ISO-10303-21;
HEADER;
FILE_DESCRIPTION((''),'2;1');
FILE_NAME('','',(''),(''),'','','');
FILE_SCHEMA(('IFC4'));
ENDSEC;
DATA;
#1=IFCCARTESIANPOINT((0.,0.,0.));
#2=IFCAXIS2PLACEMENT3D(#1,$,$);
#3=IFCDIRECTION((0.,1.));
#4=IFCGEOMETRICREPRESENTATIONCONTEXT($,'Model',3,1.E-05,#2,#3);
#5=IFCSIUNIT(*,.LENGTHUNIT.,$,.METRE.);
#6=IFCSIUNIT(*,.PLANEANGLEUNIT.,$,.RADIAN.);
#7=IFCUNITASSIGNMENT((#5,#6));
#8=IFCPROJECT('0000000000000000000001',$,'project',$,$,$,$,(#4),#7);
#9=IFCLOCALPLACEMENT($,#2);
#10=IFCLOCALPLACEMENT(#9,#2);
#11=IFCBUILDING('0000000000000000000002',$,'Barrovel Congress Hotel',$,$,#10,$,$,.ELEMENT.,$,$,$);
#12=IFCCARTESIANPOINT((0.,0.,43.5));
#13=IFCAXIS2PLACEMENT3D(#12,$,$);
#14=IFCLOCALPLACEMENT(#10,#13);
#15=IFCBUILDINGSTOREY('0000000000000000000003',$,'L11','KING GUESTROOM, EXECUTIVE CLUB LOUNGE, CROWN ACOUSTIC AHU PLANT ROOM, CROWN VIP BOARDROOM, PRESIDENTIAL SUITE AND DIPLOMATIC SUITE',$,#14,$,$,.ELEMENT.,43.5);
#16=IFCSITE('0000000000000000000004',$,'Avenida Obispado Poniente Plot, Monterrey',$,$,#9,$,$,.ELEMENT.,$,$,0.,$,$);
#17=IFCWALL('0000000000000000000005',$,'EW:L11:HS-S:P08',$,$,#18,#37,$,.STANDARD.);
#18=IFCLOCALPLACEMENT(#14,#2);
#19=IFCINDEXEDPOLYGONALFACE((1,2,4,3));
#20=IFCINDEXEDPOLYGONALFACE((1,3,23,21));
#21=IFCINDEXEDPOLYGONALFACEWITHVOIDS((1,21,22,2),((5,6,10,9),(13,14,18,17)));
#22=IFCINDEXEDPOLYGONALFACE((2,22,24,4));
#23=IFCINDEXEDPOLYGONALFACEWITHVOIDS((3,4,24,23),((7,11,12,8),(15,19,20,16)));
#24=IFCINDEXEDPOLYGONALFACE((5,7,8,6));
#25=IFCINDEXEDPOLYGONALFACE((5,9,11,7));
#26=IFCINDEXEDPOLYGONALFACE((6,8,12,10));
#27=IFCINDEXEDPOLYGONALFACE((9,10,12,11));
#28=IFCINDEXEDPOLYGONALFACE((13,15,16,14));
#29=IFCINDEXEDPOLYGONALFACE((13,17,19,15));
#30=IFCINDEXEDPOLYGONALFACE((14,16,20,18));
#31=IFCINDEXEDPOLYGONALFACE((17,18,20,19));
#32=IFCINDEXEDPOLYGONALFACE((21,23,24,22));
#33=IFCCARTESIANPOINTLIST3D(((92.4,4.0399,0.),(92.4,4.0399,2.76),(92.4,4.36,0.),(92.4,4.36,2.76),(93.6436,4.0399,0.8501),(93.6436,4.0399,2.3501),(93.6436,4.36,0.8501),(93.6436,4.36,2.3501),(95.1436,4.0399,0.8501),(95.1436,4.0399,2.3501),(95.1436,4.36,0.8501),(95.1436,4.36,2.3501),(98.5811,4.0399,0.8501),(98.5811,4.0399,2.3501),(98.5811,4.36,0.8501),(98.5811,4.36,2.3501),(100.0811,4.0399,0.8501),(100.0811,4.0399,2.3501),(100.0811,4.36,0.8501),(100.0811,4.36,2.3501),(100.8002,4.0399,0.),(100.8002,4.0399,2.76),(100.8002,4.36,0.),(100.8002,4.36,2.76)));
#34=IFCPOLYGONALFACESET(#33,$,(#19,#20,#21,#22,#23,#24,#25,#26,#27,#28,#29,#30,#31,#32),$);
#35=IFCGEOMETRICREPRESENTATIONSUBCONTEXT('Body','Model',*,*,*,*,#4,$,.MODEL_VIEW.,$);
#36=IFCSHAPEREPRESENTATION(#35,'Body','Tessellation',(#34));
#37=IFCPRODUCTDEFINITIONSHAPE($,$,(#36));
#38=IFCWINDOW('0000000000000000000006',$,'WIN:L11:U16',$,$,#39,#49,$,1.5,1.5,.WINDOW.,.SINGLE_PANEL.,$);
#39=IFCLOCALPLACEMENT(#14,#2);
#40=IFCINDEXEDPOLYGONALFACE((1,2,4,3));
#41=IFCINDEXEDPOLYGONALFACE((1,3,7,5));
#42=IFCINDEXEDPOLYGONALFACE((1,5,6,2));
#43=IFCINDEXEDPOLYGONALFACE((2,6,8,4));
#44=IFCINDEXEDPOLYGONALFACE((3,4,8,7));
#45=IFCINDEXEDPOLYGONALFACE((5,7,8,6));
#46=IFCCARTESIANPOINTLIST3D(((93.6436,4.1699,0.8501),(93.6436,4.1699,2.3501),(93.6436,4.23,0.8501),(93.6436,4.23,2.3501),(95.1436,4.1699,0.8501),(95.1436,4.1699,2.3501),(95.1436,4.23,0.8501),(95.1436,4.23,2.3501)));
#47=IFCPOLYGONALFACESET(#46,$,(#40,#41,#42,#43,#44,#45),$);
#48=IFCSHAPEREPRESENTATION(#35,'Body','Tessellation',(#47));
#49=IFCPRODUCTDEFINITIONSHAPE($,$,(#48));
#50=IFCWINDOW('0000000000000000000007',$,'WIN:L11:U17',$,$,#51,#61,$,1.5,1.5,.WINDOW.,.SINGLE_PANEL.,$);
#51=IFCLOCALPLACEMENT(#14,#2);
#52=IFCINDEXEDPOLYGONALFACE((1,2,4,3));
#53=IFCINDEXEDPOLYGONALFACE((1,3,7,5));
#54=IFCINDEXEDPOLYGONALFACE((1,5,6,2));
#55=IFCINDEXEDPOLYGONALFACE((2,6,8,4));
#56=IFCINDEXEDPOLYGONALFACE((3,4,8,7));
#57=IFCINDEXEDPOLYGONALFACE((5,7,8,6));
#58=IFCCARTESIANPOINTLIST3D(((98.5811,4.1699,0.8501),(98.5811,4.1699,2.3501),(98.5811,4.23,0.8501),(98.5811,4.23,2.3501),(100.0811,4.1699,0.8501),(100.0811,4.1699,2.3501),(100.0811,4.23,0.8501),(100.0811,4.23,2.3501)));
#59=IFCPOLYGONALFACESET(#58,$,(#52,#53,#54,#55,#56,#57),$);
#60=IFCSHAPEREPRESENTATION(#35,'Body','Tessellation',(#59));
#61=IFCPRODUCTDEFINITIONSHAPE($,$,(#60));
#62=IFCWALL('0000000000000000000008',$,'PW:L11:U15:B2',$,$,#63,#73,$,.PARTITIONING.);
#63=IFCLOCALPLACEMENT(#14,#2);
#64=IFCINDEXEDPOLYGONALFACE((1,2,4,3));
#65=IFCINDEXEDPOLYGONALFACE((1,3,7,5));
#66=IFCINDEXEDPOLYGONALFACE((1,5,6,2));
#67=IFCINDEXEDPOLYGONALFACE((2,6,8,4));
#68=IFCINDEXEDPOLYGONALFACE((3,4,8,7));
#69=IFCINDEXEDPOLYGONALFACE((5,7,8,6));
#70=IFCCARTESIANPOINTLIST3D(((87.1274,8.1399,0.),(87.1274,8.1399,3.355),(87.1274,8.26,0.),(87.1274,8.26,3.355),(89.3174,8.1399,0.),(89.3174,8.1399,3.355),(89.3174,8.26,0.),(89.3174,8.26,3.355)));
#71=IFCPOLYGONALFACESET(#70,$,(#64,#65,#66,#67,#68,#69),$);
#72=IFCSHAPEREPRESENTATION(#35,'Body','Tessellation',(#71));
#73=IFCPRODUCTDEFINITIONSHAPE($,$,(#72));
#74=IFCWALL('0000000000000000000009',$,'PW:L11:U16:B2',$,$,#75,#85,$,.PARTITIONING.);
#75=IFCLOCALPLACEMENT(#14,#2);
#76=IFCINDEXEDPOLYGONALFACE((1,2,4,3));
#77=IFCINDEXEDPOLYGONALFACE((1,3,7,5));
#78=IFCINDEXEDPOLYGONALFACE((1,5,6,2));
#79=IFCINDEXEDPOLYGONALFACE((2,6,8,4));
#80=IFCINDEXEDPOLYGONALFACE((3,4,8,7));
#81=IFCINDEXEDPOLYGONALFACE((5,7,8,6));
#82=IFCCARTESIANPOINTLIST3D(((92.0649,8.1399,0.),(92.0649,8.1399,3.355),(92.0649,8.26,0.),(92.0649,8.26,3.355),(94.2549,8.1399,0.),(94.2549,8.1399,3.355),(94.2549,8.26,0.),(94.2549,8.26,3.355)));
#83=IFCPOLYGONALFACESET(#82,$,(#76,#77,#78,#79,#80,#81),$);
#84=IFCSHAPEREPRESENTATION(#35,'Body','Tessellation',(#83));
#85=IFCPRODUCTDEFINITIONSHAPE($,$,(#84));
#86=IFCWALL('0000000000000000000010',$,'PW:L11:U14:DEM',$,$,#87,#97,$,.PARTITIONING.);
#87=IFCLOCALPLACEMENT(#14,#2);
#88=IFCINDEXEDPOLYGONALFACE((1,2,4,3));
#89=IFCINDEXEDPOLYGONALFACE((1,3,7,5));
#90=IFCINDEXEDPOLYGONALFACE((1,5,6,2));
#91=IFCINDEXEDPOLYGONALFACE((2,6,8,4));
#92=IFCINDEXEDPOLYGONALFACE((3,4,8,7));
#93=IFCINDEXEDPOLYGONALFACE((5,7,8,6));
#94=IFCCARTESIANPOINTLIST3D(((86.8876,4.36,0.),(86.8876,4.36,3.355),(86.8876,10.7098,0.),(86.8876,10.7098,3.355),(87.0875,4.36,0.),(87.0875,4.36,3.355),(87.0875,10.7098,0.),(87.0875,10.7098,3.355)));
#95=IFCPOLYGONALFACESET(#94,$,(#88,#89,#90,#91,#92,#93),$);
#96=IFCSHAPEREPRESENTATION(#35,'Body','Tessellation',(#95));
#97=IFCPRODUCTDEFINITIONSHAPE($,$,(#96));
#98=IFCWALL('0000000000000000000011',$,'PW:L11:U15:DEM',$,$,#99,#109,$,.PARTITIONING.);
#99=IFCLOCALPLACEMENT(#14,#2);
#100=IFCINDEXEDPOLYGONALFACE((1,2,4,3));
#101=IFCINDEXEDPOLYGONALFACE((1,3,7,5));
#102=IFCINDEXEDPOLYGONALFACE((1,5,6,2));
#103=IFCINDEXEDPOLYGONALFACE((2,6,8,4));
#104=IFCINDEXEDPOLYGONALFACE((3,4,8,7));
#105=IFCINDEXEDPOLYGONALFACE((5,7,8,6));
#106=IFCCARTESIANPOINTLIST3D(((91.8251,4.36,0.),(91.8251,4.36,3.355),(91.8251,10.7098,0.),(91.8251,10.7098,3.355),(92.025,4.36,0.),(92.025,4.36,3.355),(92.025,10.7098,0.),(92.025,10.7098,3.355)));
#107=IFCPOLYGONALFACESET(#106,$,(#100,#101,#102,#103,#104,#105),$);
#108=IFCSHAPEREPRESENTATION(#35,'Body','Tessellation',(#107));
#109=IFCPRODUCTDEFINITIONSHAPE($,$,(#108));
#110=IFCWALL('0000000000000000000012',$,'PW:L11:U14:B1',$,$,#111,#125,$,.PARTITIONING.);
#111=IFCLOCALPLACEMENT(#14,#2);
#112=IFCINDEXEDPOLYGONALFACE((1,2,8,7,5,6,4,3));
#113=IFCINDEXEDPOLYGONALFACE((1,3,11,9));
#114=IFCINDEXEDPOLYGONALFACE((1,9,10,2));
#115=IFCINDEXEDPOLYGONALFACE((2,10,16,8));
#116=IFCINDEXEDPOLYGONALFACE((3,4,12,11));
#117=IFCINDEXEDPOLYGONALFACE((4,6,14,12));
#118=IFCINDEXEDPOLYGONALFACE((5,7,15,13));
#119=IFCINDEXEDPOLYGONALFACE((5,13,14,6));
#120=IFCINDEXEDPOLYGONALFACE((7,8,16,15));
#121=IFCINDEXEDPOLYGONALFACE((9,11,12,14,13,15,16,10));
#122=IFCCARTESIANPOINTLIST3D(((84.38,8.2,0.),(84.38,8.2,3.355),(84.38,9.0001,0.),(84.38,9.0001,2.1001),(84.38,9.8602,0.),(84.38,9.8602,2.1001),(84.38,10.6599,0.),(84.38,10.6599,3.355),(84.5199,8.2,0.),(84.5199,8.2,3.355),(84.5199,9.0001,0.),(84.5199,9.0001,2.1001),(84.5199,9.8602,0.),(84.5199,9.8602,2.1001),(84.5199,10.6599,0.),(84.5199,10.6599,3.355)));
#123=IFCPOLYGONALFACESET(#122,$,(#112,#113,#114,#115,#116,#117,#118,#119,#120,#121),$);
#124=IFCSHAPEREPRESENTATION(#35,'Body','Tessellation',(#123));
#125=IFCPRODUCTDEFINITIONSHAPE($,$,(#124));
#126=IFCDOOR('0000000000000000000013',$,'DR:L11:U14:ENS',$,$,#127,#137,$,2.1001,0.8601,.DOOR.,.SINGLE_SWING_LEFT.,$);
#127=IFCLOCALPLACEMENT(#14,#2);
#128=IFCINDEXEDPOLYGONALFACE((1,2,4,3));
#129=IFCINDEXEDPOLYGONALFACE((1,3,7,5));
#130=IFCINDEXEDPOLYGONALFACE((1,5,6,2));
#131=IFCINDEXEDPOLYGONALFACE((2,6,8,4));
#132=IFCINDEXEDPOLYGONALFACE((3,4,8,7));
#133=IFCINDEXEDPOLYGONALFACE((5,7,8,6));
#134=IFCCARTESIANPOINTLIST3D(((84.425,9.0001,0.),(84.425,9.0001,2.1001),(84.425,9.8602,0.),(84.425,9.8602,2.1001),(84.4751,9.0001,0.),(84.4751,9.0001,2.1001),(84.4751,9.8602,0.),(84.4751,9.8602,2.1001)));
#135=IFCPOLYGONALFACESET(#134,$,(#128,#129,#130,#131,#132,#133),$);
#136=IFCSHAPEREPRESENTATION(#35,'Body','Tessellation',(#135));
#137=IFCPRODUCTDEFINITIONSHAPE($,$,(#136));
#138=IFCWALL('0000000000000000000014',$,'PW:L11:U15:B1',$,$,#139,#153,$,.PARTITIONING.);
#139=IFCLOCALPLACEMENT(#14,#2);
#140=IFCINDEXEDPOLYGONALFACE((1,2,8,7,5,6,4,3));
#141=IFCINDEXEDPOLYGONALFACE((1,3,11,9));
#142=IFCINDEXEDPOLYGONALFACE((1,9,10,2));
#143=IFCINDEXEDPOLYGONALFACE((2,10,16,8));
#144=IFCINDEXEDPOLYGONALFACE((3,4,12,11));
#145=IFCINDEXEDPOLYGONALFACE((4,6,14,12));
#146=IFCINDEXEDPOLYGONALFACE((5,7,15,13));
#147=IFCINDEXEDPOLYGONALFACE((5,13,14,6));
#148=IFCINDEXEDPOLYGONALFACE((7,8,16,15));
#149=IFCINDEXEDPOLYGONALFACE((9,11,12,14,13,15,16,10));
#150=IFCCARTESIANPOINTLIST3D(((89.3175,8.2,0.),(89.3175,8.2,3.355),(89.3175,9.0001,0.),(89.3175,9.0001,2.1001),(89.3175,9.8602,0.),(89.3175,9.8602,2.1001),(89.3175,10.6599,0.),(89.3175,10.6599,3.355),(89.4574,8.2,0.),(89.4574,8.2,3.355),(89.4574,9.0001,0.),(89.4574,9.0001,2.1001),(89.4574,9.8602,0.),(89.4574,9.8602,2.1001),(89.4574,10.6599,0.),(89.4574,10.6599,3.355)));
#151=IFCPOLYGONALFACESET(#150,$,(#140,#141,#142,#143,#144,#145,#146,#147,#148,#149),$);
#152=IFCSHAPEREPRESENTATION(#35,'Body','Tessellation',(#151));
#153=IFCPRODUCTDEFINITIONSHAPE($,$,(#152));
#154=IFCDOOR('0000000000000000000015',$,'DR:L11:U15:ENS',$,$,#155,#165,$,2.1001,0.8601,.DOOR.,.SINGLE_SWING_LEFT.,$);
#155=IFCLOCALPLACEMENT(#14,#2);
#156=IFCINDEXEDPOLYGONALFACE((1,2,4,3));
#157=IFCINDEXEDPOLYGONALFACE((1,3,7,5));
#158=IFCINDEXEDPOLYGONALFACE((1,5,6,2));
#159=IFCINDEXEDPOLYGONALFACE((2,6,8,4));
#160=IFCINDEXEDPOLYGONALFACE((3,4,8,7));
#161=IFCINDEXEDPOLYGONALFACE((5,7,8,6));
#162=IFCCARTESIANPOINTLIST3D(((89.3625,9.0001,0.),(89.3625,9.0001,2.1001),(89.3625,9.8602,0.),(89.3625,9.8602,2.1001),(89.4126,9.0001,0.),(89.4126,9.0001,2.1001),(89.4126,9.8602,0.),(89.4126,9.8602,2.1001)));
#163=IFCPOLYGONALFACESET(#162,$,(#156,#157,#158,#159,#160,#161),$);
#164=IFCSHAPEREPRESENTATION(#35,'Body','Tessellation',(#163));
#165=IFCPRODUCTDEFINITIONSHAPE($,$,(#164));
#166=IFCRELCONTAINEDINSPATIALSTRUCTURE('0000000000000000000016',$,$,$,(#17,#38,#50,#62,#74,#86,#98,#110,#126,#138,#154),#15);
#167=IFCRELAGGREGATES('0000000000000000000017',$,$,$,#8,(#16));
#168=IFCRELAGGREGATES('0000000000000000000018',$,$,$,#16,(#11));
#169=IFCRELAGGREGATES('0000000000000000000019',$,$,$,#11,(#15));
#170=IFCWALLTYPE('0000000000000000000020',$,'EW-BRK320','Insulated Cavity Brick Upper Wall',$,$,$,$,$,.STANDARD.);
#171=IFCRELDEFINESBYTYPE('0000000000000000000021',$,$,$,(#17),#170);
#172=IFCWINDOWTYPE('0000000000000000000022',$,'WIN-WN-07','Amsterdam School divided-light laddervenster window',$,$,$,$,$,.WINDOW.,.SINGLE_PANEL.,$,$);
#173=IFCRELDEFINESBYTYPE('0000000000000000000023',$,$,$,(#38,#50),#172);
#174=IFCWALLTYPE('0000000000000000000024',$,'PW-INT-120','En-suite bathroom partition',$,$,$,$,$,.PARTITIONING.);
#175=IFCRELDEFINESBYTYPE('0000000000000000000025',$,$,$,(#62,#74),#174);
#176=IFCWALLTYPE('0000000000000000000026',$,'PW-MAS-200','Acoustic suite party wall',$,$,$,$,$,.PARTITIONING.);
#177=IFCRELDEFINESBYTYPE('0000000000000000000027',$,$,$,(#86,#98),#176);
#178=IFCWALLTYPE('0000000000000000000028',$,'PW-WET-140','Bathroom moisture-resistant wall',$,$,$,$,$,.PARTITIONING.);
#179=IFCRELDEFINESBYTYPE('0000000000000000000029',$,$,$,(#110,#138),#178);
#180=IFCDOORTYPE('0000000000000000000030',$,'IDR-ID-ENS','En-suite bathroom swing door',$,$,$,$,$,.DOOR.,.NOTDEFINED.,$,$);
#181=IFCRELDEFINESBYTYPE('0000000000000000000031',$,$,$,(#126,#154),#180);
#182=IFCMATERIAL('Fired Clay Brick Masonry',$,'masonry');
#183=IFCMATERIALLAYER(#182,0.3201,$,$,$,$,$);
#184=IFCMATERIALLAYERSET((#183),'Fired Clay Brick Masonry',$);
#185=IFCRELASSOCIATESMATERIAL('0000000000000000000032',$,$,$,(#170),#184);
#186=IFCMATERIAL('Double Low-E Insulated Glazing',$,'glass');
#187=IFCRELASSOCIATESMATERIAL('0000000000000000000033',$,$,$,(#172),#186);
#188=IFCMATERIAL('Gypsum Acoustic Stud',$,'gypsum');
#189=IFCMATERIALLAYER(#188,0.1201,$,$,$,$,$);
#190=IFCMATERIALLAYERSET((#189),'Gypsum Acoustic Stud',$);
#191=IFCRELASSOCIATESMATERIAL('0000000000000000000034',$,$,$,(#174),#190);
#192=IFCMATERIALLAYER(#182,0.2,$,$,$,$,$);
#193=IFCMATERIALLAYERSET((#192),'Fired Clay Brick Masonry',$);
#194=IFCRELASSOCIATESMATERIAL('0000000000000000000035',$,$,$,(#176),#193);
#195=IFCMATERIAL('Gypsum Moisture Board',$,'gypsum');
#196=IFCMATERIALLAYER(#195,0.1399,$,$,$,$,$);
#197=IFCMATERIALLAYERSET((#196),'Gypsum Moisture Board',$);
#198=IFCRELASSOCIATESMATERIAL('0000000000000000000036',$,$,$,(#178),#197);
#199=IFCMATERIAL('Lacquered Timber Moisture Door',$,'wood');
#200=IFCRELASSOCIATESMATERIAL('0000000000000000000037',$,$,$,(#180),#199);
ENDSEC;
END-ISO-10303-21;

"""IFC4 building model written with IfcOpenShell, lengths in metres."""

from ifc_helpers import new_model, si_unit, direction, frame, frame_2d, origin, place, context, subcontext, project, spatial, rectangle, extrude, material, layer, layer_set, type_object, element, fill, save


model = new_model("IFC4")

# Units and contexts
model_context = context("Model", 3, precision=1e-05, world=origin(), true_north=direction((0.0, 1.0)))
body_context = subcontext(model_context, "Body", "Model", "MODEL_VIEW")
ifc_project = project(units=[si_unit("LENGTHUNIT", "METRE"), si_unit("PLANEANGLEUNIT", "RADIAN")], contexts=[model_context])

# Site, building, storey
site_placement = place(None, origin())
site = spatial("IfcSite", under=ifc_project, at=site_placement, Name="Avenida Obispado Poniente Plot, Monterrey", CompositionType="ELEMENT", RefElevation=0.0)
building_placement = place(site_placement, origin())
building = spatial("IfcBuilding", under=site, at=building_placement, Name="Barrovel Congress Hotel", CompositionType="ELEMENT")
storey_placement = place(building_placement, frame((0.0, 0.0, 43.5)))
storey = spatial("IfcBuildingStorey", under=building, at=storey_placement, Name="L11", Description="KING GUESTROOM, EXECUTIVE CLUB LOUNGE, CROWN ACOUSTIC AHU PLANT ROOM, CROWN VIP BOARDROOM, PRESIDENTIAL SUITE AND DIPLOMATIC SUITE", CompositionType="ELEMENT", Elevation=43.5)

# Wall, openings, windows
ifc_material_1 = material(Name="Fired Clay Brick Masonry", Category="masonry")
ifc_layer_1 = layer(ifc_material_1, 0.3201)
ifc_layer_set_1 = layer_set([ifc_layer_1], Name="Fired Clay Brick Masonry")
wall_type_1 = type_object("IfcWallType", Name="EW-BRK320", Description="Insulated Cavity Brick Upper Wall", PredefinedType="STANDARD", material=ifc_layer_set_1)
ifc_material_2 = material(Name="Double Low-E Insulated Glazing", Category="glass")
window_type = type_object("IfcWindowType", Name="WIN-WN-07", Description="Amsterdam School divided-light laddervenster window", PartitioningType="SINGLE_PANEL", PredefinedType="WINDOW", material=ifc_material_2)
wall_1_placement = place(storey_placement, frame((92.3999, 4.2, 0.0), z_axis=(0.0, 0.0, 1.0), x_axis=(1.0, 0.0, 0.0)))
wall_1 = element("IfcWall", 1, at=wall_1_placement, inside=storey, type_object=wall_type_1, Name="EW:L11:HS-S:P08", PredefinedType="STANDARD", context=body_context, shape_type="SweptSolid", body=[
    extrude(rectangle(XDim=8.4001, YDim=0.3201, at=frame_2d((4.2002, 0.0))), origin(), (0.0, 0.0, 1.0), 2.76),
])
opening_1_placement = place(wall_1_placement, frame((1.2437, 0.0, 0.8501)))
opening_1 = element("IfcOpeningElement", 2, at=opening_1_placement, cuts=wall_1, PredefinedType="OPENING", context=body_context, shape_type="SweptSolid", body=[
    extrude(rectangle(XDim=1.5, YDim=1.5, at=frame_2d((0.75, 0.75))), frame((0.0, 0.1699, 0.0), z_axis=(0.0, -1.0, 0.0), x_axis=(1.0, 0.0, 0.0)), (0.0, 0.0, 1.0), 0.3401),
])
opening_2_placement = place(wall_1_placement, frame((6.1812, 0.0, 0.8501)))
opening_2 = element("IfcOpeningElement", 3, at=opening_2_placement, cuts=wall_1, PredefinedType="OPENING", context=body_context, shape_type="SweptSolid", body=[
    extrude(rectangle(XDim=1.5, YDim=1.5, at=frame_2d((0.75, 0.75))), frame((0.0, 0.1699, 0.0), z_axis=(0.0, -1.0, 0.0), x_axis=(1.0, 0.0, 0.0)), (0.0, 0.0, 1.0), 0.3401),
])
window_1_placement = place(opening_1_placement, origin())
window_1 = element("IfcWindow", 4, at=window_1_placement, inside=storey, type_object=window_type, Name="WIN:L11:U16", OverallHeight=1.5, OverallWidth=1.5, PartitioningType="SINGLE_PANEL", PredefinedType="WINDOW", context=body_context, shape_type="SweptSolid", body=[
    extrude(rectangle(XDim=1.5, YDim=1.5, at=frame_2d((0.75, 0.75))), frame((0.0, 0.03, 0.0), z_axis=(0.0, -1.0, 0.0), x_axis=(1.0, 0.0, 0.0)), (0.0, 0.0, 1.0), 0.0601),
])
fill(opening_1, window_1)
window_2_placement = place(opening_2_placement, origin())
window_2 = element("IfcWindow", 5, at=window_2_placement, inside=storey, type_object=window_type, Name="WIN:L11:U17", OverallHeight=1.5, OverallWidth=1.5, PartitioningType="SINGLE_PANEL", PredefinedType="WINDOW", context=body_context, shape_type="SweptSolid", body=[
    extrude(rectangle(XDim=1.5, YDim=1.5, at=frame_2d((0.75, 0.75))), frame((0.0, 0.03, 0.0), z_axis=(0.0, -1.0, 0.0), x_axis=(1.0, 0.0, 0.0)), (0.0, 0.0, 1.0), 0.0601),
])
fill(opening_2, window_2)

# Walls
ifc_material_3 = material(Name="Gypsum Acoustic Stud", Category="gypsum")
ifc_layer_2 = layer(ifc_material_3, 0.1201)
ifc_layer_set_2 = layer_set([ifc_layer_2], Name="Gypsum Acoustic Stud")
wall_type_2 = type_object("IfcWallType", Name="PW-INT-120", Description="En-suite bathroom partition", PredefinedType="PARTITIONING", material=ifc_layer_set_2)
for number, where, z_axis, x_axis, name in (
    (6, (87.1274, 8.2, 0.0), (0.0, 0.0, 1.0), (1.0, 0.0, 0.0), "PW:L11:U15:B2"),
    (7, (92.0649, 8.2, 0.0), (0.0, 0.0, 1.0), (1.0, 0.0, 0.0), "PW:L11:U16:B2"),
):
    element("IfcWall", number, at=place(storey_placement, frame(where, z_axis=z_axis, x_axis=x_axis)), inside=storey, type_object=wall_type_2, Name=name, PredefinedType="PARTITIONING", context=body_context, shape_type="SweptSolid", body=[
        extrude(rectangle(XDim=2.1899, YDim=0.1201, at=frame_2d((1.095, 0.0))), origin(), (0.0, 0.0, 1.0), 3.355),
    ])
ifc_layer_3 = layer(ifc_material_1, 0.2)
ifc_layer_set_3 = layer_set([ifc_layer_3], Name="Fired Clay Brick Masonry")
wall_type_3 = type_object("IfcWallType", Name="PW-MAS-200", Description="Acoustic suite party wall", PredefinedType="PARTITIONING", material=ifc_layer_set_3)
for number, where, z_axis, x_axis, name in (
    (8, (86.9875, 4.3601, 0.0), (0.0, 0.0, 1.0), (0.0, 1.0, 0.0), "PW:L11:U14:DEM"),
    (9, (91.925, 4.3601, 0.0), (0.0, 0.0, 1.0), (0.0, 1.0, 0.0), "PW:L11:U15:DEM"),
):
    element("IfcWall", number, at=place(storey_placement, frame(where, z_axis=z_axis, x_axis=x_axis)), inside=storey, type_object=wall_type_3, Name=name, PredefinedType="PARTITIONING", context=body_context, shape_type="SweptSolid", body=[
        extrude(rectangle(XDim=6.3499, YDim=0.2, at=frame_2d((3.1748, 0.0))), origin(), (0.0, 0.0, 1.0), 3.355),
    ])

# Walls, openings, doors
ifc_material_4 = material(Name="Gypsum Moisture Board", Category="gypsum")
ifc_layer_4 = layer(ifc_material_4, 0.1399)
ifc_layer_set_4 = layer_set([ifc_layer_4], Name="Gypsum Moisture Board")
wall_type_4 = type_object("IfcWallType", Name="PW-WET-140", Description="Bathroom moisture-resistant wall", PredefinedType="PARTITIONING", material=ifc_layer_set_4)
wall_2_placement = place(storey_placement, frame((84.45, 8.2, 0.0), z_axis=(0.0, 0.0, 1.0), x_axis=(0.0, 1.0, 0.0)))
wall_2 = element("IfcWall", 10, at=wall_2_placement, inside=storey, type_object=wall_type_4, Name="PW:L11:U14:B1", PredefinedType="PARTITIONING", context=body_context, shape_type="SweptSolid", body=[
    extrude(rectangle(XDim=2.46, YDim=0.1399, at=frame_2d((1.23, 0.0))), origin(), (0.0, 0.0, 1.0), 3.355),
])
opening_3_placement = place(wall_2_placement, frame((0.8, 0.0, 0.0)))
opening_3 = element("IfcOpeningElement", 11, at=opening_3_placement, cuts=wall_2, PredefinedType="OPENING", context=body_context, shape_type="SweptSolid", body=[
    extrude(rectangle(XDim=0.8601, YDim=2.1001, at=frame_2d((0.4302, 1.05))), frame((0.0, 0.0801, 0.0), z_axis=(0.0, -1.0, 0.0), x_axis=(1.0, 0.0, 0.0)), (0.0, 0.0, 1.0), 0.1599),
])
ifc_material_5 = material(Name="Lacquered Timber Moisture Door", Category="wood")
door_type = type_object("IfcDoorType", Name="IDR-ID-ENS", Description="En-suite bathroom swing door", OperationType="NOTDEFINED", PredefinedType="DOOR", material=ifc_material_5)
door_1_placement = place(opening_3_placement, origin())
door_1 = element("IfcDoor", 12, at=door_1_placement, inside=storey, type_object=door_type, Name="DR:L11:U14:ENS", OperationType="SINGLE_SWING_LEFT", OverallHeight=2.1001, OverallWidth=0.8601, PredefinedType="DOOR", context=body_context, shape_type="SweptSolid", body=[
    extrude(rectangle(XDim=0.8601, YDim=2.1001, at=frame_2d((0.4302, 1.05))), frame((0.0, 0.0249, 0.0), z_axis=(0.0, -1.0, 0.0), x_axis=(1.0, 0.0, 0.0)), (0.0, 0.0, 1.0), 0.05),
])
fill(opening_3, door_1)
wall_3_placement = place(storey_placement, frame((89.3875, 8.2, 0.0), z_axis=(0.0, 0.0, 1.0), x_axis=(0.0, 1.0, 0.0)))
wall_3 = element("IfcWall", 13, at=wall_3_placement, inside=storey, type_object=wall_type_4, Name="PW:L11:U15:B1", PredefinedType="PARTITIONING", context=body_context, shape_type="SweptSolid", body=[
    extrude(rectangle(XDim=2.46, YDim=0.1399, at=frame_2d((1.23, 0.0))), origin(), (0.0, 0.0, 1.0), 3.355),
])
opening_4_placement = place(wall_3_placement, frame((0.8, 0.0, 0.0)))
opening_4 = element("IfcOpeningElement", 14, at=opening_4_placement, cuts=wall_3, PredefinedType="OPENING", context=body_context, shape_type="SweptSolid", body=[
    extrude(rectangle(XDim=0.8601, YDim=2.1001, at=frame_2d((0.4302, 1.05))), frame((0.0, 0.0801, 0.0), z_axis=(0.0, -1.0, 0.0), x_axis=(1.0, 0.0, 0.0)), (0.0, 0.0, 1.0), 0.1599),
])
door_2_placement = place(opening_4_placement, origin())
door_2 = element("IfcDoor", 15, at=door_2_placement, inside=storey, type_object=door_type, Name="DR:L11:U15:ENS", OperationType="SINGLE_SWING_LEFT", OverallHeight=2.1001, OverallWidth=0.8601, PredefinedType="DOOR", context=body_context, shape_type="SweptSolid", body=[
    extrude(rectangle(XDim=0.8601, YDim=2.1001, at=frame_2d((0.4302, 1.05))), frame((0.0, 0.0249, 0.0), z_axis=(0.0, -1.0, 0.0), x_axis=(1.0, 0.0, 0.0)), (0.0, 0.0, 1.0), 0.05),
])
fill(opening_4, door_2)

save(model, "model.ifc")
